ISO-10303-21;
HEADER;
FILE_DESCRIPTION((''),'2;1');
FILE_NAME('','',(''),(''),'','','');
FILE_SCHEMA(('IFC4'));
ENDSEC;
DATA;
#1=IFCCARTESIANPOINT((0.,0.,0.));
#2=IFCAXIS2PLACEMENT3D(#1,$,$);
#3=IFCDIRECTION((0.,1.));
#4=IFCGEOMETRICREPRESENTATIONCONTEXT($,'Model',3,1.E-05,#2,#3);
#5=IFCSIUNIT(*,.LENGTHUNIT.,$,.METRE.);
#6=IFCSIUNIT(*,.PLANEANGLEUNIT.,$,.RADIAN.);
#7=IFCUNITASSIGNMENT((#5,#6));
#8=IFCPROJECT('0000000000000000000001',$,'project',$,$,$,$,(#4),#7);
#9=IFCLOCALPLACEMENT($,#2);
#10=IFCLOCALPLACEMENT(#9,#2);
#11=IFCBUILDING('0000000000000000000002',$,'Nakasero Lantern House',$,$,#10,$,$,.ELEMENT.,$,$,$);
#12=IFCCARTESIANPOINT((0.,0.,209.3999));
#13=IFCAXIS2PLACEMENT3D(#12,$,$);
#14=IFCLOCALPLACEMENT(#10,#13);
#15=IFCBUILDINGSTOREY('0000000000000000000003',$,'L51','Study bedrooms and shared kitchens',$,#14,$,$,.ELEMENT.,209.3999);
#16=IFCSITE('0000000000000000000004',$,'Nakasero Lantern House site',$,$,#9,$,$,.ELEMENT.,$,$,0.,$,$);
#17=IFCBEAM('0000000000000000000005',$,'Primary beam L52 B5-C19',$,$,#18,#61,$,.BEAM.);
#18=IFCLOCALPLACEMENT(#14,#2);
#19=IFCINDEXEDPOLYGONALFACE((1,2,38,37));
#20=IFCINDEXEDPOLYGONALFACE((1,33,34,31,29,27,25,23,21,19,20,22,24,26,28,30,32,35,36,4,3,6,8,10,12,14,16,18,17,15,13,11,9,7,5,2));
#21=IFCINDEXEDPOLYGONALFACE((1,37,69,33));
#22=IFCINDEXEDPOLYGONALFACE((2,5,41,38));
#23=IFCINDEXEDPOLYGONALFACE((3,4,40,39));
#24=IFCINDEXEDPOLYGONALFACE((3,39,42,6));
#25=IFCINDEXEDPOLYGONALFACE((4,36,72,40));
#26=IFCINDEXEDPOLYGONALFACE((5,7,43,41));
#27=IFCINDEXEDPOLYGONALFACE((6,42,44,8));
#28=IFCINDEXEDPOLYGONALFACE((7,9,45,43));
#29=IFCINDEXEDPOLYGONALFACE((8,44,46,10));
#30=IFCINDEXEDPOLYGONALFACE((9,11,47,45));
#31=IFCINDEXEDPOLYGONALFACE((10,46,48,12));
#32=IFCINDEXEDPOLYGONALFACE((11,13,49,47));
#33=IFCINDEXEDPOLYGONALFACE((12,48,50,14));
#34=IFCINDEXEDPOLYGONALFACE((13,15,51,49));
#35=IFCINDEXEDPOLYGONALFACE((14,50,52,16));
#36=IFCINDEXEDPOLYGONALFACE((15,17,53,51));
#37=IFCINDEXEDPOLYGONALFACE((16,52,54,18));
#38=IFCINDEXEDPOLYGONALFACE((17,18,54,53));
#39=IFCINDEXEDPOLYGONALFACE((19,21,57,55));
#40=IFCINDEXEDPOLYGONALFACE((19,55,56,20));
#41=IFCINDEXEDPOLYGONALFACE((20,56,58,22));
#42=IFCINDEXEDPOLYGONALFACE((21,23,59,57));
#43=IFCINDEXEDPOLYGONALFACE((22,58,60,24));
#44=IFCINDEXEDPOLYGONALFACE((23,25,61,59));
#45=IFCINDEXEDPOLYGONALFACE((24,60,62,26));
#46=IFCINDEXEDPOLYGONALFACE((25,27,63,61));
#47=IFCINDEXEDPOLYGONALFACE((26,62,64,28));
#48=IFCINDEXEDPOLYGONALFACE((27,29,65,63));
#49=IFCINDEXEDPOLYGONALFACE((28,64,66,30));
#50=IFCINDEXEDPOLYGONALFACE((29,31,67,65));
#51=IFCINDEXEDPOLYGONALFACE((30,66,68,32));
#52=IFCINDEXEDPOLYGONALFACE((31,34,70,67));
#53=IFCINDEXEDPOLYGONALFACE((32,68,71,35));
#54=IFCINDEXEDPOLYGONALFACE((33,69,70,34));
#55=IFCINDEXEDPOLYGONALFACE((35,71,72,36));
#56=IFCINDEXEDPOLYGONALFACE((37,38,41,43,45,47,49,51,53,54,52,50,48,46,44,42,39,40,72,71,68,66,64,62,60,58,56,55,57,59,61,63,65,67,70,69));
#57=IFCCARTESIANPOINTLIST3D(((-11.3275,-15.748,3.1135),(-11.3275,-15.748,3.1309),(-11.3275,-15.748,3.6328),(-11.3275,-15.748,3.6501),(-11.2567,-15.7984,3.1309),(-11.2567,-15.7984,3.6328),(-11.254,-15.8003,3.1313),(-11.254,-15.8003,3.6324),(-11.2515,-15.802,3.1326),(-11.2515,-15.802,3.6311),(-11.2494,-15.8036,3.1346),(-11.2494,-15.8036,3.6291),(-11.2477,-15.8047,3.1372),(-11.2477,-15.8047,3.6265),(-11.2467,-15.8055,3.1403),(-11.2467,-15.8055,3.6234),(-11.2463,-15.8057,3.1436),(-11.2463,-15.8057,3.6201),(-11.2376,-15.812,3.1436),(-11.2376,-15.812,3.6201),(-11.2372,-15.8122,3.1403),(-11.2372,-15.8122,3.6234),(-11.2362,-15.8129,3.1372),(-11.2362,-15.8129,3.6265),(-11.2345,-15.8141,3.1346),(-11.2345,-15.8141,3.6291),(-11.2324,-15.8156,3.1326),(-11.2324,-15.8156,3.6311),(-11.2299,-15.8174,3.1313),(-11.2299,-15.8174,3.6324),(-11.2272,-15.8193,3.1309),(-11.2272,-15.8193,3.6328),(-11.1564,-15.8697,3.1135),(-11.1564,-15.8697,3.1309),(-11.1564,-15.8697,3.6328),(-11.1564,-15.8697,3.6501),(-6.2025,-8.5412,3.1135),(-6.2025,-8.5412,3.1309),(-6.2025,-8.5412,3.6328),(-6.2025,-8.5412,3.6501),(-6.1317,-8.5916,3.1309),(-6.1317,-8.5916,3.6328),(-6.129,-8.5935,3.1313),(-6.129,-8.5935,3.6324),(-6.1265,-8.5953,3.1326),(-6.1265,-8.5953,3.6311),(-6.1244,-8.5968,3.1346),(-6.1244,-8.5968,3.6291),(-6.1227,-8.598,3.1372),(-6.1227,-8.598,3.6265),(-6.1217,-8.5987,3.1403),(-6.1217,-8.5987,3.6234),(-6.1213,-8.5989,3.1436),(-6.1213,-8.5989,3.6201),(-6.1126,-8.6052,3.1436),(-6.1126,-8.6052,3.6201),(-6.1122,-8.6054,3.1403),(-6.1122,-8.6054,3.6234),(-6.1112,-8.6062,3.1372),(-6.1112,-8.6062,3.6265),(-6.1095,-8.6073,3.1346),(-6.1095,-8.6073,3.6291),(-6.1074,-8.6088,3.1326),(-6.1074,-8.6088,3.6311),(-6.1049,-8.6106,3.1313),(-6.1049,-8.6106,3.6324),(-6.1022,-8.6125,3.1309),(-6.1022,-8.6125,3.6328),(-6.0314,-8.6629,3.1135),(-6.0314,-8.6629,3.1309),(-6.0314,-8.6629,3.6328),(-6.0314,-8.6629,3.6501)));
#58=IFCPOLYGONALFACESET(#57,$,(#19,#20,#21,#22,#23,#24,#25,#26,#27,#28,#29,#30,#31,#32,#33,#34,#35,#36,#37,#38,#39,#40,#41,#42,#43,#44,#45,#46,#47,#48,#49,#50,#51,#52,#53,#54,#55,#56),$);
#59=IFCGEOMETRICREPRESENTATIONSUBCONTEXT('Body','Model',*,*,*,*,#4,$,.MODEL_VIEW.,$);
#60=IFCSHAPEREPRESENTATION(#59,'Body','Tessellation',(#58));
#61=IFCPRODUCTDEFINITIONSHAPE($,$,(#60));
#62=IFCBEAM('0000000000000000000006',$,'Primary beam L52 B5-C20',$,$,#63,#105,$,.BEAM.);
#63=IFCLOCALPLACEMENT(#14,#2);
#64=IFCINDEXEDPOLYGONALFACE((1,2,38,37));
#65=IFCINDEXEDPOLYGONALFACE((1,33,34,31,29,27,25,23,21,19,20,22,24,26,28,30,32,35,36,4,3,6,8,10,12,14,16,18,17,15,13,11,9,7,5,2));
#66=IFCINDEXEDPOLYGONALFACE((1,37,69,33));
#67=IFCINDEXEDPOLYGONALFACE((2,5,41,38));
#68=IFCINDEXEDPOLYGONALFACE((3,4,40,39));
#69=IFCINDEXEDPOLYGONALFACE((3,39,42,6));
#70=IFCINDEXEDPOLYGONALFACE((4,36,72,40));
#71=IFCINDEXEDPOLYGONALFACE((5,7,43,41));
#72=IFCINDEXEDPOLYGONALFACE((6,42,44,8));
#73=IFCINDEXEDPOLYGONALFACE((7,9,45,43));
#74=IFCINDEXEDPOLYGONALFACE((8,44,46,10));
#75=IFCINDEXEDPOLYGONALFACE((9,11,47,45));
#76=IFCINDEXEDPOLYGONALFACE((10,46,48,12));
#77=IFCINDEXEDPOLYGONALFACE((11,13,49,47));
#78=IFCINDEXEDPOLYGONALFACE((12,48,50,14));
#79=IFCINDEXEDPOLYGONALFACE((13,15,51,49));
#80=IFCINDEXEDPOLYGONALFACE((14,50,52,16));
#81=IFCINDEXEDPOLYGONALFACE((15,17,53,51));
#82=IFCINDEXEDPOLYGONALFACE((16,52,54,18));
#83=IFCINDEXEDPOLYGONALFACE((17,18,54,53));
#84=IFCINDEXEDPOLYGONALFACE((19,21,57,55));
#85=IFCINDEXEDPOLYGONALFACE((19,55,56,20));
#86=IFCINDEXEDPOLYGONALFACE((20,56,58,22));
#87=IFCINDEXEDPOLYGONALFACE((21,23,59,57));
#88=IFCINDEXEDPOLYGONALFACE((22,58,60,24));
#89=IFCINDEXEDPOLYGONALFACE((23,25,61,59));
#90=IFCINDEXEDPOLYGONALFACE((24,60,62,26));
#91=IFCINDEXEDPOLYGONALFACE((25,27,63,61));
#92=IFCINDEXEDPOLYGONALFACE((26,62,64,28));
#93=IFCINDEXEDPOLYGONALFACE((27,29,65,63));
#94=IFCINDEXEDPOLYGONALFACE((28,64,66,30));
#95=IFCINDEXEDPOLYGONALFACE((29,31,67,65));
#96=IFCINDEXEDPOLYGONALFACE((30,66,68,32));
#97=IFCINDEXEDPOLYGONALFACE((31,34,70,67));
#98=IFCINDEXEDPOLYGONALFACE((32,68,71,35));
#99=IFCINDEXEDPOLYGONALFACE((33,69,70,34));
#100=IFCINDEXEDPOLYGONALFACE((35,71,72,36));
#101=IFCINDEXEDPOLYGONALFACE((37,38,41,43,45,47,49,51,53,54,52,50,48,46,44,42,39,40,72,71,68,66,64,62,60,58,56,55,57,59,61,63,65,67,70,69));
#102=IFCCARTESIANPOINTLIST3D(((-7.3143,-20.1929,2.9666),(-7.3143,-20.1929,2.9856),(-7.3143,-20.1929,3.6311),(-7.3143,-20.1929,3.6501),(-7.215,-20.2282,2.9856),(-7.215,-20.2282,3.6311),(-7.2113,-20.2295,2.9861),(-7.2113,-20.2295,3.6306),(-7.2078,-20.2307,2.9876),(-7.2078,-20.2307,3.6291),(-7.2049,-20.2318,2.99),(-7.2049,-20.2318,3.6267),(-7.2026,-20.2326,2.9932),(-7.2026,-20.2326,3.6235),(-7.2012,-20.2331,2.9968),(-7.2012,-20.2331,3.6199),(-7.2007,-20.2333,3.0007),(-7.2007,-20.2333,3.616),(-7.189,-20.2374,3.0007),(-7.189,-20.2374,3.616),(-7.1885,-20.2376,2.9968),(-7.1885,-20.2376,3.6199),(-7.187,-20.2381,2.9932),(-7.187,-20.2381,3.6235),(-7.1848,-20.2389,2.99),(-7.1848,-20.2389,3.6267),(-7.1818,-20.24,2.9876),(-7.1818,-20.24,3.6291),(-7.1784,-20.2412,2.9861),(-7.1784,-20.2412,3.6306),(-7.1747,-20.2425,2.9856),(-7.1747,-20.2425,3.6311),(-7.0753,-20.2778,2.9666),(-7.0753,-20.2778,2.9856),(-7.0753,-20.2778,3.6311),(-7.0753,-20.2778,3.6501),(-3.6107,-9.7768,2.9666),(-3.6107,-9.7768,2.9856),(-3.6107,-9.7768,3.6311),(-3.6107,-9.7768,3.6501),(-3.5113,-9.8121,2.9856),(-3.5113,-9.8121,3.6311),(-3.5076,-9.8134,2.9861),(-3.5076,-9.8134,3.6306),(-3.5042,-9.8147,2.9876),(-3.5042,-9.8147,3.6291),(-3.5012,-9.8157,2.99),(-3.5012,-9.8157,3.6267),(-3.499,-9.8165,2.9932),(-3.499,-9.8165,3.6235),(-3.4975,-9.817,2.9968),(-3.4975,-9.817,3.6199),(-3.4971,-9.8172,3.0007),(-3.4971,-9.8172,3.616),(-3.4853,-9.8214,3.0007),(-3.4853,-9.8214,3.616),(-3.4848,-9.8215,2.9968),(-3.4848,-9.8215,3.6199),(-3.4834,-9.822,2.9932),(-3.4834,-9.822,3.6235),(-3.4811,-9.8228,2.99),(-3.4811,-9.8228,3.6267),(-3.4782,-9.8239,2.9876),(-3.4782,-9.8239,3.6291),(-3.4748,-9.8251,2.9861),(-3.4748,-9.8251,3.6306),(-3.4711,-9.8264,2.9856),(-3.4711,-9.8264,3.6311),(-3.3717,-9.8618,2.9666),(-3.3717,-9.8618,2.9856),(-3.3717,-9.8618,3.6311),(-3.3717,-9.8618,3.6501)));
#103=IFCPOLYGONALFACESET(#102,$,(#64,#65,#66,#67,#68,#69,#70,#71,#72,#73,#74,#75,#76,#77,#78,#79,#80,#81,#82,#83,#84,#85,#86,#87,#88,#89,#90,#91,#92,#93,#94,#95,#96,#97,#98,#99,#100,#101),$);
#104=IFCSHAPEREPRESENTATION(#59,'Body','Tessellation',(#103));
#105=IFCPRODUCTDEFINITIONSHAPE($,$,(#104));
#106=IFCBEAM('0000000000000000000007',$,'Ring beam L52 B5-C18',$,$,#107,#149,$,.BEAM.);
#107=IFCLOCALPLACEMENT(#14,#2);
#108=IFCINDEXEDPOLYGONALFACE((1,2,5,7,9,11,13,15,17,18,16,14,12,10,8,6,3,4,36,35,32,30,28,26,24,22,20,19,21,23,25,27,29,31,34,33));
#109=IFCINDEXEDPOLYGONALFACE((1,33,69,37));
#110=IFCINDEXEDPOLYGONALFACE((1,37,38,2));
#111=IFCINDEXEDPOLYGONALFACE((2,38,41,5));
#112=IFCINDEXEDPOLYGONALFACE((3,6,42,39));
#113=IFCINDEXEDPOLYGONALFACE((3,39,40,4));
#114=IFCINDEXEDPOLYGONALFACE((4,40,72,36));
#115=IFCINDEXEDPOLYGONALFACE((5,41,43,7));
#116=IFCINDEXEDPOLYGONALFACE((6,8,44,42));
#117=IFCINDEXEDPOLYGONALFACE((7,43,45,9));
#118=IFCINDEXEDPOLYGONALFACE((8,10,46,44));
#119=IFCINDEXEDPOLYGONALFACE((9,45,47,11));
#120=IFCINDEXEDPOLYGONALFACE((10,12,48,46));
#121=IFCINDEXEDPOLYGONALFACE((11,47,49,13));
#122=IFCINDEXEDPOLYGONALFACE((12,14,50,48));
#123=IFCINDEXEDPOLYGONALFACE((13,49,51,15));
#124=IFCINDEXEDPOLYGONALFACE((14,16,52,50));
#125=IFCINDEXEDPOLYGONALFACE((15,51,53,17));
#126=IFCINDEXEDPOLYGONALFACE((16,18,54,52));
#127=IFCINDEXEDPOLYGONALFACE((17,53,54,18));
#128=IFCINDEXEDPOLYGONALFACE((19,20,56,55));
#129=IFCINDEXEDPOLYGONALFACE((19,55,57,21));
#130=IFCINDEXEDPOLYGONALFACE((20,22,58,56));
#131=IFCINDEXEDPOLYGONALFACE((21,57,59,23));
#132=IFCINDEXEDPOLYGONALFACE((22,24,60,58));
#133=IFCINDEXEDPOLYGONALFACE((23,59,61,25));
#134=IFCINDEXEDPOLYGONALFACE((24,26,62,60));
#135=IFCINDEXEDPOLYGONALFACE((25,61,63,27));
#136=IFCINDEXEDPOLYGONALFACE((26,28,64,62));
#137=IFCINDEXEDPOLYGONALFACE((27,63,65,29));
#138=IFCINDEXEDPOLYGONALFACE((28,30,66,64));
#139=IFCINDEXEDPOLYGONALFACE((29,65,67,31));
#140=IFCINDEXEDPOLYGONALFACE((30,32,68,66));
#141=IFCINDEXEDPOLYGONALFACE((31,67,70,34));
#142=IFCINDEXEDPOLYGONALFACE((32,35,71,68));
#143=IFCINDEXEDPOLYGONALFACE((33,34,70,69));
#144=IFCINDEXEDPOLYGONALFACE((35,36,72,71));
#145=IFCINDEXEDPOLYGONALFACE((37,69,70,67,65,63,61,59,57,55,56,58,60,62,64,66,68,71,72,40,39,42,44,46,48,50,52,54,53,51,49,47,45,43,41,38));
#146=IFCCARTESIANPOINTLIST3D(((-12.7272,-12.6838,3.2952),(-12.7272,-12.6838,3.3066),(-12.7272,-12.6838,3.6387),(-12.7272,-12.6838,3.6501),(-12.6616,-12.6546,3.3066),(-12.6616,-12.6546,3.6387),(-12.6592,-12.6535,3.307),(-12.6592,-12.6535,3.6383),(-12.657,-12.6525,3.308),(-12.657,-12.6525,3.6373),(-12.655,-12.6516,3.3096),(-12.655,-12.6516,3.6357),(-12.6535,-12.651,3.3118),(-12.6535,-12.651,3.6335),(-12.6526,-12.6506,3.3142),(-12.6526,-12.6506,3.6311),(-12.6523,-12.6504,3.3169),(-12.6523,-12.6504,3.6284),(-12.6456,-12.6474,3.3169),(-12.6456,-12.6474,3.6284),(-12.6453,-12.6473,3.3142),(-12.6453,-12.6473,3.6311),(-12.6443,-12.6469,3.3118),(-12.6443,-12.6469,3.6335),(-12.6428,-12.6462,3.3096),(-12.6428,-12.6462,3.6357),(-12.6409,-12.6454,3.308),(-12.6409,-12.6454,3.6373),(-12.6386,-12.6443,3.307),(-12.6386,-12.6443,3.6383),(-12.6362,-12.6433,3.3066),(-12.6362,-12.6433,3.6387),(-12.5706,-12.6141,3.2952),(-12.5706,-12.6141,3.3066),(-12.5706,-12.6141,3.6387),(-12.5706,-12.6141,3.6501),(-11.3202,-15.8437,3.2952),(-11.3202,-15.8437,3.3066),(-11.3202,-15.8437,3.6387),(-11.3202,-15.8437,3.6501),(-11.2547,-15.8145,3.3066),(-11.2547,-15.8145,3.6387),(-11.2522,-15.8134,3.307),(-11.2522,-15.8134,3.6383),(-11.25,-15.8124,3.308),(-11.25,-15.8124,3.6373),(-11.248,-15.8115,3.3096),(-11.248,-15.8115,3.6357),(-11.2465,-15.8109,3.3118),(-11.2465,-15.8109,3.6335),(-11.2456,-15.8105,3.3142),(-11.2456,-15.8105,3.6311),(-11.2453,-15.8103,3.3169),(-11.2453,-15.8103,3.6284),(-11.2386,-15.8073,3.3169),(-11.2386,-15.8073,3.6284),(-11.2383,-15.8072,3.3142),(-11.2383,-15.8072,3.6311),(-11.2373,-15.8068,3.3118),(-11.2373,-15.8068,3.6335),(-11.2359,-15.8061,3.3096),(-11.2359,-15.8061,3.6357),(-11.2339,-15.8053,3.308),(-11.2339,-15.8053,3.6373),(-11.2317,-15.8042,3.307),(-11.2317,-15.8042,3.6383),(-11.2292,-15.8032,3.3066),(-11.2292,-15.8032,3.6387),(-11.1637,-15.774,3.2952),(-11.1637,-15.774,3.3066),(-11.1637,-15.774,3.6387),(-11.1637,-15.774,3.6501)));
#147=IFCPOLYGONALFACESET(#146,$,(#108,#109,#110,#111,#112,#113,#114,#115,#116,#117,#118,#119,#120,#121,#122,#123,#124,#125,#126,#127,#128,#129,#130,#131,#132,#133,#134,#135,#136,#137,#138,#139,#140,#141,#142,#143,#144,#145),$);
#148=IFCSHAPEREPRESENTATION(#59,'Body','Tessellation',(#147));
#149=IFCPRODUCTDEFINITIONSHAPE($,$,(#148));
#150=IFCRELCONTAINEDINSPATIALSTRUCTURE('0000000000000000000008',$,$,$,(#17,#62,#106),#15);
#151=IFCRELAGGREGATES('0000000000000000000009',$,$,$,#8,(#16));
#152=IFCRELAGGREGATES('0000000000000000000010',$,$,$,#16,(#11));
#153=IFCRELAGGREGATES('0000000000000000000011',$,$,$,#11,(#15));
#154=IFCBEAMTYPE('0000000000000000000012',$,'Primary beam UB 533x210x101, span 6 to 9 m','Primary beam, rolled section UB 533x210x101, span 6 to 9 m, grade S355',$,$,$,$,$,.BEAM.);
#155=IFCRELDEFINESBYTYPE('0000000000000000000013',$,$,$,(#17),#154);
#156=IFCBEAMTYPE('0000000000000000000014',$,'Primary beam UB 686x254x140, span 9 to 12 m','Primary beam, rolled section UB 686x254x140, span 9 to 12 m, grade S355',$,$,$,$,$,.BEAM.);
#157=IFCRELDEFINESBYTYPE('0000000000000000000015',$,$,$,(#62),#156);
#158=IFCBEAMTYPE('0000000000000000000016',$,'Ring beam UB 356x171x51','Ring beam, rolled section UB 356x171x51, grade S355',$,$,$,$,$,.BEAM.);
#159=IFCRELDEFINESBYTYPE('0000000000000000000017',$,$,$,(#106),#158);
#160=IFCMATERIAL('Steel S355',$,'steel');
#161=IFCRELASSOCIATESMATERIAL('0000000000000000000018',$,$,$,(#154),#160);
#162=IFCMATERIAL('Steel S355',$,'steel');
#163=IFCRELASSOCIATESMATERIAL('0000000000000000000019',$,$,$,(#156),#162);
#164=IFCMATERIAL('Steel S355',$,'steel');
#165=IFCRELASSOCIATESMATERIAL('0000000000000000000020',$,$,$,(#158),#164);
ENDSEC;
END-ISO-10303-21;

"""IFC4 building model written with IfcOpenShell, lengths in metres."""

from ifc_helpers import new_model, si_unit, direction, frame, origin, origin_2d, place, context, subcontext, project, spatial, i_section, extrude, material, material_profile, profile_set, type_object, element, save


model = new_model("IFC4")

# Units and contexts
model_context = context("Model", 3, precision=1e-05, world=origin(), true_north=direction((0.0, 1.0)))
body_context = subcontext(model_context, "Body", "Model", "MODEL_VIEW")
ifc_project = project(units=[si_unit("LENGTHUNIT", "METRE"), si_unit("PLANEANGLEUNIT", "RADIAN")], contexts=[model_context])

# Site, building, storey
site_placement = place(None, origin())
site = spatial("IfcSite", under=ifc_project, at=site_placement, Name="Nakasero Lantern House site", CompositionType="ELEMENT", RefElevation=0.0)
building_placement = place(site_placement, origin())
building = spatial("IfcBuilding", under=site, at=building_placement, Name="Nakasero Lantern House", CompositionType="ELEMENT")
storey_placement = place(building_placement, frame((0.0, 0.0, 209.3999)))
storey = spatial("IfcBuildingStorey", under=building, at=storey_placement, Name="L51", Description="Study bedrooms and shared kitchens", CompositionType="ELEMENT", Elevation=209.3999)

# Beams
ifc_material_1 = material(Name="Steel S355", Category="steel")
ifc_material_profile_1 = material_profile(ifc_material_1, i_section(OverallWidth=0.21, OverallDepth=0.5366, WebThickness=0.0107, FlangeThickness=0.0173, FilletRadius=0.0127, at=origin_2d()), Name="UB 533x210x101")
ifc_profile_set_1 = profile_set([ifc_material_profile_1], Name="Steel S355")
beam_type_1 = type_object("IfcBeamType", Name="Primary beam UB 533x210x101, span 6 to 9 m", Description="Primary beam, rolled section UB 533x210x101, span 6 to 9 m, grade S355", PredefinedType="BEAM", material=ifc_profile_set_1)
beam_1_placement = place(storey_placement, frame((-11.2419, -15.8088, 3.3818), z_axis=(0.579537, 0.814946, 0.0), x_axis=(-0.814946, 0.579537, 0.0)))
element("IfcBeam", 1, at=beam_1_placement, inside=storey, type_object=beam_type_1, Name="Primary beam L52 B5-C19", PredefinedType="BEAM", context=body_context, shape_type="SweptSolid", body=[
    extrude(i_section(OverallWidth=0.21, OverallDepth=0.5366, WebThickness=0.0107, FlangeThickness=0.0173, FilletRadius=0.0127, at=origin_2d()), origin(), (0.0, 0.0, 1.0), 8.8433),
])
ifc_material_2 = material(Name="Steel S355", Category="steel")
ifc_material_profile_2 = material_profile(ifc_material_2, i_section(OverallWidth=0.2537, OverallDepth=0.6836, WebThickness=0.0125, FlangeThickness=0.019, FilletRadius=0.0151, at=origin_2d()), Name="UB 686x254x140")
ifc_profile_set_2 = profile_set([ifc_material_profile_2], Name="Steel S355")
beam_type_2 = type_object("IfcBeamType", Name="Primary beam UB 686x254x140, span 9 to 12 m", Description="Primary beam, rolled section UB 686x254x140, span 9 to 12 m, grade S355", PredefinedType="BEAM", material=ifc_profile_set_2)
beam_2_placement = place(storey_placement, frame((-7.1948, -20.2354, 3.3083), z_axis=(0.335021, 0.942211, 0.0), x_axis=(-0.942211, 0.335021, 0.0)))
element("IfcBeam", 2, at=beam_2_placement, inside=storey, type_object=beam_type_2, Name="Primary beam L52 B5-C20", PredefinedType="BEAM", context=body_context, shape_type="SweptSolid", body=[
    extrude(i_section(OverallWidth=0.2537, OverallDepth=0.6836, WebThickness=0.0125, FlangeThickness=0.019, FilletRadius=0.0151, at=origin_2d()), origin(), (0.0, 0.0, 1.0), 11.0549),
])
ifc_material_3 = material(Name="Steel S355", Category="steel")
ifc_material_profile_3 = material_profile(ifc_material_3, i_section(OverallWidth=0.1714, OverallDepth=0.355, WebThickness=0.0073, FlangeThickness=0.0115, FilletRadius=0.0103, at=origin_2d()), Name="UB 356x171x51")
ifc_profile_set_3 = profile_set([ifc_material_profile_3], Name="Steel S355")
beam_type_3 = type_object("IfcBeamType", Name="Ring beam UB 356x171x51", Description="Ring beam, rolled section UB 356x171x51, grade S355", PredefinedType="BEAM", material=ifc_profile_set_3)
beam_3_placement = place(storey_placement, frame((-12.6489, -12.6489, 3.4727), z_axis=(0.406761, -0.913535, 0.0), x_axis=(0.913535, 0.406761, 0.0)))
element("IfcBeam", 3, at=beam_3_placement, inside=storey, type_object=beam_type_3, Name="Ring beam L52 B5-C18", PredefinedType="BEAM", context=body_context, shape_type="SweptSolid", body=[
    extrude(i_section(OverallWidth=0.1714, OverallDepth=0.355, WebThickness=0.0073, FlangeThickness=0.0115, FilletRadius=0.0103, at=origin_2d()), origin(), (0.0, 0.0, 1.0), 3.459),
])

save(model, "model.ifc")
